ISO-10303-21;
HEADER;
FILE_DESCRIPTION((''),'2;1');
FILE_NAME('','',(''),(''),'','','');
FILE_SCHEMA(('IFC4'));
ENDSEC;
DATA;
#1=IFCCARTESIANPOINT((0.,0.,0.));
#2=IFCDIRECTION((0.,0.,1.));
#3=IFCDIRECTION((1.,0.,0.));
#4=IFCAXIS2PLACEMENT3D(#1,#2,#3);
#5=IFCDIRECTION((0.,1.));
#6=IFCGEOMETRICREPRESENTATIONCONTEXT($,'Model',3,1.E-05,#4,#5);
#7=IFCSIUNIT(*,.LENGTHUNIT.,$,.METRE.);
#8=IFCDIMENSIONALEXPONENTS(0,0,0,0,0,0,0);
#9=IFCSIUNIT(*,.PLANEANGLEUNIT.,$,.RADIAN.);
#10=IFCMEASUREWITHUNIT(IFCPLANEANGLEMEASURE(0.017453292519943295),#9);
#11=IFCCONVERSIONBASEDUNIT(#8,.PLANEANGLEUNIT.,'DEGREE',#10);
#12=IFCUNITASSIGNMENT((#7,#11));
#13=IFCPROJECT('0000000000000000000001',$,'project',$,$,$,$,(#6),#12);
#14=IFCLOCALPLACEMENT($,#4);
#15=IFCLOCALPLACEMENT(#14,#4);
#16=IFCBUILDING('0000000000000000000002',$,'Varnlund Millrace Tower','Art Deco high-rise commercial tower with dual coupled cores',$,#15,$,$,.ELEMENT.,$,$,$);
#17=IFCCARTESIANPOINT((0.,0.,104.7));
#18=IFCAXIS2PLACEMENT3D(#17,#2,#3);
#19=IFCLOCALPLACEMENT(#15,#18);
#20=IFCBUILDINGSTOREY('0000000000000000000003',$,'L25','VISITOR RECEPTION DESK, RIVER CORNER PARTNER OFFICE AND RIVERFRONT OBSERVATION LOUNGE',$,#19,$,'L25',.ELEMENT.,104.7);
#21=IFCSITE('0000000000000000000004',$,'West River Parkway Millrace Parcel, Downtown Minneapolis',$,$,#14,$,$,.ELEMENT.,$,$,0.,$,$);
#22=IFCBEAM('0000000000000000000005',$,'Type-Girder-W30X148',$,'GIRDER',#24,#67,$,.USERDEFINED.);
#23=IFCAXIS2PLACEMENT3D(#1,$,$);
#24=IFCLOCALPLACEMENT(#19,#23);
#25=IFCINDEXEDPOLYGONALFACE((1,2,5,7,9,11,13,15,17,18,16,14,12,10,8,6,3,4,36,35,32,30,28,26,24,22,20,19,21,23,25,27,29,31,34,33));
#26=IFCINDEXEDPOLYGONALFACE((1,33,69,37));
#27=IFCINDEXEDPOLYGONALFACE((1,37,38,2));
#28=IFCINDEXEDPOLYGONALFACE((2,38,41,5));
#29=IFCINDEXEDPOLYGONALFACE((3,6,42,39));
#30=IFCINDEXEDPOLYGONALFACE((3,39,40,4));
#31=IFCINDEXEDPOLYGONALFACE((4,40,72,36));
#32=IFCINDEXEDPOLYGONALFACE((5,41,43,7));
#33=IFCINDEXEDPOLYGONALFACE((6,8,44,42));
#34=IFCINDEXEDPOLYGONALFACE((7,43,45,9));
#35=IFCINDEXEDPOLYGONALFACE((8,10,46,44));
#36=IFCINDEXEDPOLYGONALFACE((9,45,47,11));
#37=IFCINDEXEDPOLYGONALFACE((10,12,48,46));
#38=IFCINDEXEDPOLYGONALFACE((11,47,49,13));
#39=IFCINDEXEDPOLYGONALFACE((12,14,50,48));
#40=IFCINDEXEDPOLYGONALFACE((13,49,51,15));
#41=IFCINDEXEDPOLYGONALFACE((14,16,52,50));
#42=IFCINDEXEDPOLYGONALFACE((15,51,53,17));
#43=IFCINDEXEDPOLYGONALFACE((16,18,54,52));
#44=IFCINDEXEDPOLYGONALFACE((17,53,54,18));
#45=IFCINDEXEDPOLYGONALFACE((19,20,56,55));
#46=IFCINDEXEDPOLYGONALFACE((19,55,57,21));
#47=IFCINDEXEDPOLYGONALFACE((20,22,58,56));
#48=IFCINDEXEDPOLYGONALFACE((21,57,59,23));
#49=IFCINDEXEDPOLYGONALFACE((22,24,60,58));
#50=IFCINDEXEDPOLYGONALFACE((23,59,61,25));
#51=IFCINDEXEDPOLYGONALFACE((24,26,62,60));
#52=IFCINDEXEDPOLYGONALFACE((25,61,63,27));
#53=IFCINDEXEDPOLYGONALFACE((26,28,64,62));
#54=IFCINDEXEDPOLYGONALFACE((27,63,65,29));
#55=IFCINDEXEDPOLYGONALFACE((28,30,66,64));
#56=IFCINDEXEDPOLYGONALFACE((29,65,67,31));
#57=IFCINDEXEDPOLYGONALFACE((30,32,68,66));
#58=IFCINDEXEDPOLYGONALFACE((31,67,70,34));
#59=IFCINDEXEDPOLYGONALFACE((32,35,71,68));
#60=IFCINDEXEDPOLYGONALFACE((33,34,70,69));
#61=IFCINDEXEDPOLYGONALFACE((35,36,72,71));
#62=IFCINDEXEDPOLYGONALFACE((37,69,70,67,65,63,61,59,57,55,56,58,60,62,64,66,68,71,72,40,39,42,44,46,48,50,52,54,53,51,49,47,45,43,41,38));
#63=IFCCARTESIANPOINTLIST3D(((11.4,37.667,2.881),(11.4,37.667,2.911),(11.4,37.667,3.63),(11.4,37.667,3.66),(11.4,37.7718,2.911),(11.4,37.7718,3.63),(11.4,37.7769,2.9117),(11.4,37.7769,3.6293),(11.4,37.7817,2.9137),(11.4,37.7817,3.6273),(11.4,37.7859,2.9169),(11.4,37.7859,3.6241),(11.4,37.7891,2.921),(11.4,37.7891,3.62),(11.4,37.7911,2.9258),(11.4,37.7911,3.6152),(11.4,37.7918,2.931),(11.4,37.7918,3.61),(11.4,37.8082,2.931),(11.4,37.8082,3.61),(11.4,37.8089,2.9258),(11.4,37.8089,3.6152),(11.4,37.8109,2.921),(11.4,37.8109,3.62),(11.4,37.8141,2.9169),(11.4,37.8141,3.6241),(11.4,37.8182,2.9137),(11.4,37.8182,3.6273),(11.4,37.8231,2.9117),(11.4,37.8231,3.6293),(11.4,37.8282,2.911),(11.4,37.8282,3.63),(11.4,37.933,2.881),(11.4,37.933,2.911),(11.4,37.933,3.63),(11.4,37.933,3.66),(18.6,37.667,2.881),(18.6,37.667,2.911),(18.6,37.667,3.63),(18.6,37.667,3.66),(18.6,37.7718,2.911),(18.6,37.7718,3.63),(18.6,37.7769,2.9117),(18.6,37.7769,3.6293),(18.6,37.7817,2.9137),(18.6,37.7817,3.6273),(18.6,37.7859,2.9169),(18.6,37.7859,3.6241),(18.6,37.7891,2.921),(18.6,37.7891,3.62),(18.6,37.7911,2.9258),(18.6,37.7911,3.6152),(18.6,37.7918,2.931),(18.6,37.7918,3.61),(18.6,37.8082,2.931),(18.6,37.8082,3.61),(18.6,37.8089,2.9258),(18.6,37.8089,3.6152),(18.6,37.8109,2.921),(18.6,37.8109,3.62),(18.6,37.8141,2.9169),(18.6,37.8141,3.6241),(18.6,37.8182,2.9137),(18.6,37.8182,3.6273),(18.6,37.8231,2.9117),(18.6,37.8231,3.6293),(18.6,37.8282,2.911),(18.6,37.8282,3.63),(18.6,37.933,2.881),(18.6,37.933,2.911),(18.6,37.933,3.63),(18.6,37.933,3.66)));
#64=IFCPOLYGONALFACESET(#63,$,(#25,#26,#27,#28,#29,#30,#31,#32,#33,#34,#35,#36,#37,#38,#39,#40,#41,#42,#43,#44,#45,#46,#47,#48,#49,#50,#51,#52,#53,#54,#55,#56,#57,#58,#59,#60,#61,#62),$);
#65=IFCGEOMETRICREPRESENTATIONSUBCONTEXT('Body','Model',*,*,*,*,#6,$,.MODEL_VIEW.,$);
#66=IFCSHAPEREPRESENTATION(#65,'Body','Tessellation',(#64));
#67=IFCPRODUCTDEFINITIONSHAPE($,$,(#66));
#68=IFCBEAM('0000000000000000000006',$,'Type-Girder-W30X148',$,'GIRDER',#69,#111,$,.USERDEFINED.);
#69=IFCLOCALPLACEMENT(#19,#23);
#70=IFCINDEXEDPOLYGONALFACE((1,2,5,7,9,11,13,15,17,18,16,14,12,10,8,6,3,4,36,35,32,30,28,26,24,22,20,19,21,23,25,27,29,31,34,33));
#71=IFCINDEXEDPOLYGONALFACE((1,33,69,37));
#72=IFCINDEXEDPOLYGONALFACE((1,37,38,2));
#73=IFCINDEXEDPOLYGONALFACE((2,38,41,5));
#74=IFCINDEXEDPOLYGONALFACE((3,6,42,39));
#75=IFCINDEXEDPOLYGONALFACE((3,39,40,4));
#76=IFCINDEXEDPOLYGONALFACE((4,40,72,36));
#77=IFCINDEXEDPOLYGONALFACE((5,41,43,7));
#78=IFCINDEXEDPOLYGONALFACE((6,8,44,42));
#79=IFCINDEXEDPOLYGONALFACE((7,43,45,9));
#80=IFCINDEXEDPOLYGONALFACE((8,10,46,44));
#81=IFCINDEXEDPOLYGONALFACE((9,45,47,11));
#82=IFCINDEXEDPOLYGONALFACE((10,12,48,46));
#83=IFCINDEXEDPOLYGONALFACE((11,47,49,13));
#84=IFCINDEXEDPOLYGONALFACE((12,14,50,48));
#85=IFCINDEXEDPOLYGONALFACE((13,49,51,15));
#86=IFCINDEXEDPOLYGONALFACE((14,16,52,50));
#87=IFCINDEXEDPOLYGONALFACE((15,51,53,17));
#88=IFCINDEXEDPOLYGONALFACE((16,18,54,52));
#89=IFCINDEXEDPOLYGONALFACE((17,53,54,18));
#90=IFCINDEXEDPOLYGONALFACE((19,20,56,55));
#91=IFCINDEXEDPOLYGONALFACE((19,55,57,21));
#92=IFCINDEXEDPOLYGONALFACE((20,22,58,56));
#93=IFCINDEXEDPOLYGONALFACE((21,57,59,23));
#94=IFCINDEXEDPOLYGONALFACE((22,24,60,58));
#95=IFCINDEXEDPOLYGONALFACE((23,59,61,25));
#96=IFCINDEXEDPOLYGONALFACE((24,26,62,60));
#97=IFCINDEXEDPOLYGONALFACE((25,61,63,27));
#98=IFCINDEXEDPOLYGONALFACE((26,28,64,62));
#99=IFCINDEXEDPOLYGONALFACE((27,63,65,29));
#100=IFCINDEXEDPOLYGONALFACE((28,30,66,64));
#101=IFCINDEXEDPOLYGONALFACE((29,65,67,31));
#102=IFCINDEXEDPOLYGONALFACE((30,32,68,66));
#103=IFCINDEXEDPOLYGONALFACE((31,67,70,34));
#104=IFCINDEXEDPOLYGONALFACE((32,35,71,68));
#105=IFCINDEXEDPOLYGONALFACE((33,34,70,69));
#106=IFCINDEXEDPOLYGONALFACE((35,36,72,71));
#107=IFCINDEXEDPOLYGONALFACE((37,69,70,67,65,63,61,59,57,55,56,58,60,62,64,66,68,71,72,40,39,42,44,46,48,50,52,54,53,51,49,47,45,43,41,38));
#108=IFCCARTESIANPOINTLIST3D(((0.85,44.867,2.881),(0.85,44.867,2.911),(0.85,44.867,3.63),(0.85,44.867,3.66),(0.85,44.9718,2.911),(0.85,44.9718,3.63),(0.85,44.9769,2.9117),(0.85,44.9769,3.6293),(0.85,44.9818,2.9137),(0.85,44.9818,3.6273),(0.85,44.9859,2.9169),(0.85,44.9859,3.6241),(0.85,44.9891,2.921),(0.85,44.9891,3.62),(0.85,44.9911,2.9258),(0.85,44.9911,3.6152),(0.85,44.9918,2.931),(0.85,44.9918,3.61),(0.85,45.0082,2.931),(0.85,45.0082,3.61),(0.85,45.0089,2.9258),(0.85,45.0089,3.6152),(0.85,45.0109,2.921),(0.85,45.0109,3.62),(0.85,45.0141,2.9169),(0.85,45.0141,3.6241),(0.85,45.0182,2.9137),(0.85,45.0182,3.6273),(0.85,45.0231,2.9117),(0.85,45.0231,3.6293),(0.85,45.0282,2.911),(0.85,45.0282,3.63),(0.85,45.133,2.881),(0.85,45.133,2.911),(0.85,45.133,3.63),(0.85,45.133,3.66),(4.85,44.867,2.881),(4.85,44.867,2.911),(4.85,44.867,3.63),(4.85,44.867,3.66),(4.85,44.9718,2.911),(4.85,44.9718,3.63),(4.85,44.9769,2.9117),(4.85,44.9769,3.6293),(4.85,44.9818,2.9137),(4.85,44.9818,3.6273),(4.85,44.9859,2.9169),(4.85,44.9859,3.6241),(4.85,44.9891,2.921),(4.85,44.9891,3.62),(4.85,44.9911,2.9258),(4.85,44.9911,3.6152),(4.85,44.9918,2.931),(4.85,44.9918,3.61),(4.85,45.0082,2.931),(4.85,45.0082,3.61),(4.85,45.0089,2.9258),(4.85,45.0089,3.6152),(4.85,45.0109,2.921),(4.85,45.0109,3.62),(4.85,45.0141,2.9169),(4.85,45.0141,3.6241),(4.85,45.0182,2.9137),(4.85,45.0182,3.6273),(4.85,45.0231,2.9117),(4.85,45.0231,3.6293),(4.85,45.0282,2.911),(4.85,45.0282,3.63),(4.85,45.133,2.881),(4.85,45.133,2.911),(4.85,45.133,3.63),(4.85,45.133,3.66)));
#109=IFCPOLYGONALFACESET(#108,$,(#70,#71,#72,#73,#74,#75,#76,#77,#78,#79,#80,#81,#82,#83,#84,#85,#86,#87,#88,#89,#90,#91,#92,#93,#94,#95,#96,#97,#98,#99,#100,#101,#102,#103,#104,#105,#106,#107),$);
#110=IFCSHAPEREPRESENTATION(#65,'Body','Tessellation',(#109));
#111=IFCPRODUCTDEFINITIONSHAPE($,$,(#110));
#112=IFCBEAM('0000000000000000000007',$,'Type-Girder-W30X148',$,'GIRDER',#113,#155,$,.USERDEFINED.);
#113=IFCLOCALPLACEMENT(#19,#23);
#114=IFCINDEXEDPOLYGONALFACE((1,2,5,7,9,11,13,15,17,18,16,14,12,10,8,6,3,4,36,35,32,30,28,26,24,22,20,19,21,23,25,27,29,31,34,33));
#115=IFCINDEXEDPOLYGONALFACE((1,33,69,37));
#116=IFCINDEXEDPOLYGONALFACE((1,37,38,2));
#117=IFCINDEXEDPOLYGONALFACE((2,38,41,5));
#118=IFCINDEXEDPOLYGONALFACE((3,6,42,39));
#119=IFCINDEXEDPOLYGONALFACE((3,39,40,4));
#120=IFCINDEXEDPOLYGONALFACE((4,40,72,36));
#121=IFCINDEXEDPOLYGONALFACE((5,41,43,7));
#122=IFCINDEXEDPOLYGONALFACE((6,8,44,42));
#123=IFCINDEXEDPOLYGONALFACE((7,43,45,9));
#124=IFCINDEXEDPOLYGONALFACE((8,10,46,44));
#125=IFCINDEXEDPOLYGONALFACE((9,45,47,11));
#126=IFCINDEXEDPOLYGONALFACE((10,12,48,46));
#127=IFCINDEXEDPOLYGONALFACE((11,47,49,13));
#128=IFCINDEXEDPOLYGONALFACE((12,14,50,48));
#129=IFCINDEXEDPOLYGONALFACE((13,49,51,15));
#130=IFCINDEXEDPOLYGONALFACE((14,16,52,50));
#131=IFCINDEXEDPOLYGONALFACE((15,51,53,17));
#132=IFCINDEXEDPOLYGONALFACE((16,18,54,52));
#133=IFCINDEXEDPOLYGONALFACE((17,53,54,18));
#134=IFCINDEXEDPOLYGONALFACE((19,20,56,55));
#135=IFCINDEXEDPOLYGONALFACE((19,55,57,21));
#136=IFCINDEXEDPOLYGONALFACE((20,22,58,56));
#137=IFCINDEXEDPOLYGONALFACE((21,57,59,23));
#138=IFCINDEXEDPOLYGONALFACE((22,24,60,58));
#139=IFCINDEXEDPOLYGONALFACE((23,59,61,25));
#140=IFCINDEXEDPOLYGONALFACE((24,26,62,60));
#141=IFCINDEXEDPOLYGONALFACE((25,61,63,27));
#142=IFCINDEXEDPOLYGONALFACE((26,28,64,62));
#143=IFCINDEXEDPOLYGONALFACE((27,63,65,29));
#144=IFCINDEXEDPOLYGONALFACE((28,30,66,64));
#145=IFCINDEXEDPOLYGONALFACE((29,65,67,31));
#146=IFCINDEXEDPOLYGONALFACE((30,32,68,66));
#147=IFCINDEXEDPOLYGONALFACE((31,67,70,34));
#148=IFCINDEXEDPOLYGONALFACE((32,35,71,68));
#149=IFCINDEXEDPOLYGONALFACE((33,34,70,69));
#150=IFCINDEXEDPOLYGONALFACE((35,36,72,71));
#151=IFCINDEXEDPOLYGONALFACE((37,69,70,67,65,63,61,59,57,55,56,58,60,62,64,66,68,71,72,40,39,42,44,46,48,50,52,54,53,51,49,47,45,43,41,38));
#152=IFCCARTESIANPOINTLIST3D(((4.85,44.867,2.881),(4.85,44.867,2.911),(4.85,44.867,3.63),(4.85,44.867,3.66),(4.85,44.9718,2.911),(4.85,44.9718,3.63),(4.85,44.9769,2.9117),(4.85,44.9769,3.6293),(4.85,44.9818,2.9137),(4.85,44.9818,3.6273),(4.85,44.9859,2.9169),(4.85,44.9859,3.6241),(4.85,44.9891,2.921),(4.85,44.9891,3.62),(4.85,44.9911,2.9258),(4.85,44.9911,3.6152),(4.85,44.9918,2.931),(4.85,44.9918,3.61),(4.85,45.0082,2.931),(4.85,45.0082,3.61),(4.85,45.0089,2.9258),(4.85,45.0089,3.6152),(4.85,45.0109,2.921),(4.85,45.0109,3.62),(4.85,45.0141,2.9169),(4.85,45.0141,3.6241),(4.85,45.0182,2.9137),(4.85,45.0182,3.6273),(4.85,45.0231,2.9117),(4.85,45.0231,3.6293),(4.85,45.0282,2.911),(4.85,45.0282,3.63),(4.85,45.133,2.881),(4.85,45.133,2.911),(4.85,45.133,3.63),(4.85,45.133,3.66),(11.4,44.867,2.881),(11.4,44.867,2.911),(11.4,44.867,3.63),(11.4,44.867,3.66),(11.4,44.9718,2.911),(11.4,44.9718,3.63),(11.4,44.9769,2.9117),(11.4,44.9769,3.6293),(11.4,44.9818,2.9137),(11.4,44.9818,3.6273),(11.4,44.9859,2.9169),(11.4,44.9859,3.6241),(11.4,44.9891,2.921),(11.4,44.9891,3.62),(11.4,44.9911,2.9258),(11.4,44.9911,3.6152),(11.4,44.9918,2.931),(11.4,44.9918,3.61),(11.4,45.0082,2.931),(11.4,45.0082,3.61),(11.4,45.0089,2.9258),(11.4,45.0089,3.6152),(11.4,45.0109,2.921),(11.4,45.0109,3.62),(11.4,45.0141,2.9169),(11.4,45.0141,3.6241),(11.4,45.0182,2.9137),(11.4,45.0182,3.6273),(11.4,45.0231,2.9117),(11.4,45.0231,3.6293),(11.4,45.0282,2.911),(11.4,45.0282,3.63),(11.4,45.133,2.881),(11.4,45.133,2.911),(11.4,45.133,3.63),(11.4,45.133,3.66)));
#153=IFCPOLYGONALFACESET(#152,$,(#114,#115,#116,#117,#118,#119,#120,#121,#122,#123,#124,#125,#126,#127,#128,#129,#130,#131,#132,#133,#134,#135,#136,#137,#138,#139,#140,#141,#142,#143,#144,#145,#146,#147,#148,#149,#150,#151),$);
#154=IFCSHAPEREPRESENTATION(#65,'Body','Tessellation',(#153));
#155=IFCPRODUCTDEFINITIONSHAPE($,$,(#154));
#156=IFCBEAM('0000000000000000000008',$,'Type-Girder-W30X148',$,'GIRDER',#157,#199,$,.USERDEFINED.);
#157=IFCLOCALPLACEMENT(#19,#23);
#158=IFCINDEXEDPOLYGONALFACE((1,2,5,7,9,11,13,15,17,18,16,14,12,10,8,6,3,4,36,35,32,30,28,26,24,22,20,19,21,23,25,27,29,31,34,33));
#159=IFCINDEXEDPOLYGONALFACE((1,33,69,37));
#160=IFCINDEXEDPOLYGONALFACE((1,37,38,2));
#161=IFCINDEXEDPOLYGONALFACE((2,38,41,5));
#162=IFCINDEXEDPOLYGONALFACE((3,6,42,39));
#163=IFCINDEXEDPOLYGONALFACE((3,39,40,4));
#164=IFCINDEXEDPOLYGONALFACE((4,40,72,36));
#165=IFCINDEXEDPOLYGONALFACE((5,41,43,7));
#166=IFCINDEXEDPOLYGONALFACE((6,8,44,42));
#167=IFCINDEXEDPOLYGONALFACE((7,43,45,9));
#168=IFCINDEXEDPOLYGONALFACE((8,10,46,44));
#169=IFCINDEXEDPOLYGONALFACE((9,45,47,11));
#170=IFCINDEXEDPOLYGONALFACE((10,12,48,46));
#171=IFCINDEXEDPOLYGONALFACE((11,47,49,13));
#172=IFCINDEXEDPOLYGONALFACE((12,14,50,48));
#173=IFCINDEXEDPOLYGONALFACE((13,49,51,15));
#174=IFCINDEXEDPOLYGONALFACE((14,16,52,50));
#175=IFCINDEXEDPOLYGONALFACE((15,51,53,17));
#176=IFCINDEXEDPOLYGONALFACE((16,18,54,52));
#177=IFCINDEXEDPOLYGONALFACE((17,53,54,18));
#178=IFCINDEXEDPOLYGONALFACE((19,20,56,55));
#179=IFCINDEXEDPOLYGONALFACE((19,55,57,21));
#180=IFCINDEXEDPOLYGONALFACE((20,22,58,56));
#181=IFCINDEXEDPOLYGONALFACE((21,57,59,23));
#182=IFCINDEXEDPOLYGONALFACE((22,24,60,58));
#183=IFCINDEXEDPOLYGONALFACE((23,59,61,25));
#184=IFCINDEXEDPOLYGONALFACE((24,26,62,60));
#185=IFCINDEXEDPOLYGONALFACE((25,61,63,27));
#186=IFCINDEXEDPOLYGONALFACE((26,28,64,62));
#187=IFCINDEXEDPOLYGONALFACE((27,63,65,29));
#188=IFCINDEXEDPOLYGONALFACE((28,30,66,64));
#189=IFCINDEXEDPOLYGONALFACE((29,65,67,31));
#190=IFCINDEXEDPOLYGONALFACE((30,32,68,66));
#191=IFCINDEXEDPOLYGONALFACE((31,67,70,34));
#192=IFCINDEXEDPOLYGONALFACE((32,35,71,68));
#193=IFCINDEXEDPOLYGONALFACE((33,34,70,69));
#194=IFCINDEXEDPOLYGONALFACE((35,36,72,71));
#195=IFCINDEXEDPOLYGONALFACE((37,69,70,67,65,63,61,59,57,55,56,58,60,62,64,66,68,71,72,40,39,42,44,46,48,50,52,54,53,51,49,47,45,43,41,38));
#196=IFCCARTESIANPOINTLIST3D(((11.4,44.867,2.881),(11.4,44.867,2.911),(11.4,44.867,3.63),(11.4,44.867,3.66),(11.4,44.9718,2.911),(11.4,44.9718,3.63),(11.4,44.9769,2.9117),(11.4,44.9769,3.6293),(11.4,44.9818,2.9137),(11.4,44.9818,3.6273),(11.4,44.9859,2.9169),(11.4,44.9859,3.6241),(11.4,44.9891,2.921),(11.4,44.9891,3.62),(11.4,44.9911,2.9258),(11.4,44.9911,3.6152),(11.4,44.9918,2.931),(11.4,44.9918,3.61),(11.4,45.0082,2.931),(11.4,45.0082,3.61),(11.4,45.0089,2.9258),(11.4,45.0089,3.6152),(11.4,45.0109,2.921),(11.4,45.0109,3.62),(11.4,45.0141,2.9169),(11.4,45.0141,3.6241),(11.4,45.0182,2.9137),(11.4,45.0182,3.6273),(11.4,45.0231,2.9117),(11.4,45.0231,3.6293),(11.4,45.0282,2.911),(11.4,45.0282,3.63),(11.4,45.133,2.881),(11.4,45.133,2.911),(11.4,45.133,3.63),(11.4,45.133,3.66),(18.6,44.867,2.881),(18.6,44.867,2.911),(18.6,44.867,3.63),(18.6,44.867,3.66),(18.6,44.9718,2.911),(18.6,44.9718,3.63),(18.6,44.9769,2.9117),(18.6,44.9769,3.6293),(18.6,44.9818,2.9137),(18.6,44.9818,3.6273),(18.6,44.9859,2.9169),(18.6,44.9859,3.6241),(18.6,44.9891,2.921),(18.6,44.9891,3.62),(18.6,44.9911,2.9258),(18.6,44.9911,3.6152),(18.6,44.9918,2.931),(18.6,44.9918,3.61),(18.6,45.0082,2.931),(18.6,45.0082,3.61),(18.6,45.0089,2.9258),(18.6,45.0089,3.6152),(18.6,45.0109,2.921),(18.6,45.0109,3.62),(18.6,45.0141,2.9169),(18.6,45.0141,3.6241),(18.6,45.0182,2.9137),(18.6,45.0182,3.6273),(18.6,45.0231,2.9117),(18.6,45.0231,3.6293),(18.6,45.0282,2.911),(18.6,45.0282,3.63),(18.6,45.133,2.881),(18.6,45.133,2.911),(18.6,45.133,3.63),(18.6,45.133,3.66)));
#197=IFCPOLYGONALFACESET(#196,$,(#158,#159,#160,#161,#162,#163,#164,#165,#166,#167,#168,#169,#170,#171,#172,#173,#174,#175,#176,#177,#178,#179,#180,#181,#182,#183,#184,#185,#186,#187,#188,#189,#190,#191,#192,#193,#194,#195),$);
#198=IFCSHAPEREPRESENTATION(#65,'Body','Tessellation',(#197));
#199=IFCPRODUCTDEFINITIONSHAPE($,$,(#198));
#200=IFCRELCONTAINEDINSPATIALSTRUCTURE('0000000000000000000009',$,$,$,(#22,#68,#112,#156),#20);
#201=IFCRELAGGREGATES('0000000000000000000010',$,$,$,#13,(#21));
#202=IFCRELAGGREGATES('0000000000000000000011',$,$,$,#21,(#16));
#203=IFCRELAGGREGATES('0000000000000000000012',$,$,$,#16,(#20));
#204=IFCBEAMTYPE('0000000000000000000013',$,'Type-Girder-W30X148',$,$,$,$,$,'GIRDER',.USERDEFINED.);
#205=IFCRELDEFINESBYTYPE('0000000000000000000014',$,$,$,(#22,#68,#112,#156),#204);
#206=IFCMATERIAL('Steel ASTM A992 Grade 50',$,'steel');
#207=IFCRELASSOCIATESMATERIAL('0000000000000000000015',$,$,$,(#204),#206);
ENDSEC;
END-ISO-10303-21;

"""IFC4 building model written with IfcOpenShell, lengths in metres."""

from ifc_helpers import new_model, entity, si_unit, converted_unit, direction, frame, origin_with_axes, origin_2d_with_axis, place, context, subcontext, project, spatial, i_section, extrude, material, material_profile, profile_set, type_object, element, save


model = new_model("IFC4")

# Units and contexts
model_context = context("Model", 3, precision=1e-05, world=origin_with_axes(), true_north=direction((0.0, 1.0)))
body_context = subcontext(model_context, "Body", "Model", "MODEL_VIEW")
ifc_project = project(units=[si_unit("LENGTHUNIT", "METRE"), converted_unit("PLANEANGLEUNIT", "DEGREE", entity("IfcPlaneAngleMeasure", 0.017453292519943295), si_unit("PLANEANGLEUNIT", "RADIAN"), dimensions=[0, 0, 0, 0, 0, 0, 0])], contexts=[model_context])

# Site, building, storey
site_placement = place(None, origin_with_axes())
site = spatial("IfcSite", under=ifc_project, at=site_placement, Name="West River Parkway Millrace Parcel, Downtown Minneapolis", CompositionType="ELEMENT", RefElevation=0.0)
building_placement = place(site_placement, origin_with_axes())
building = spatial("IfcBuilding", under=site, at=building_placement, Name="Varnlund Millrace Tower", Description="Art Deco high-rise commercial tower with dual coupled cores", CompositionType="ELEMENT")
storey_placement = place(building_placement, frame((0.0, 0.0, 104.7), z_axis=(0.0, 0.0, 1.0), x_axis=(1.0, 0.0, 0.0)))
storey = spatial("IfcBuildingStorey", under=building, at=storey_placement, Name="L25", Description="VISITOR RECEPTION DESK, RIVER CORNER PARTNER OFFICE AND RIVERFRONT OBSERVATION LOUNGE", LongName="L25", CompositionType="ELEMENT", Elevation=104.7)

# Beams
ifc_material_1 = material(Name="Steel ASTM A992 Grade 50", Category="steel")
ifc_material_profile_1 = material_profile(ifc_material_1, i_section(OverallWidth=0.266, OverallDepth=0.779, WebThickness=0.0165, FlangeThickness=0.03, FilletRadius=0.02, at=origin_2d_with_axis()), Name="Steel ASTM A992 Grade 50")
ifc_profile_set_1 = profile_set([ifc_material_profile_1], Name="Steel ASTM A992 Grade 50")
beam_type_1 = type_object("IfcBeamType", Name="Type-Girder-W30X148", ElementType="GIRDER", PredefinedType="USERDEFINED", material=ifc_profile_set_1)
beam_1_placement = place(storey_placement, frame((11.4, 37.8, 3.2705), z_axis=(1.0, 0.0, 0.0), x_axis=(0.0, 1.0, 0.0)))
element("IfcBeam", 1, at=beam_1_placement, inside=storey, type_object=beam_type_1, Name="Type-Girder-W30X148", ObjectType="GIRDER", PredefinedType="USERDEFINED", context=body_context, shape_type="SweptSolid", body=[
    extrude(i_section(OverallWidth=0.266, OverallDepth=0.779, WebThickness=0.0165, FlangeThickness=0.03, FilletRadius=0.02, at=origin_2d_with_axis()), origin_with_axes(), (0.0, 0.0, 1.0), 7.2),
])
beam_2_placement = place(storey_placement, frame((0.85, 45.0, 3.2705), z_axis=(1.0, 0.0, 0.0), x_axis=(0.0, 1.0, 0.0)))
element("IfcBeam", 2, at=beam_2_placement, inside=storey, type_object=beam_type_1, Name="Type-Girder-W30X148", ObjectType="GIRDER", PredefinedType="USERDEFINED", context=body_context, shape_type="SweptSolid", body=[
    extrude(i_section(OverallWidth=0.266, OverallDepth=0.779, WebThickness=0.0165, FlangeThickness=0.03, FilletRadius=0.02, at=origin_2d_with_axis()), origin_with_axes(), (0.0, 0.0, 1.0), 4.0),
])
beam_3_placement = place(storey_placement, frame((4.85, 45.0, 3.2705), z_axis=(1.0, 0.0, 0.0), x_axis=(0.0, 1.0, 0.0)))
element("IfcBeam", 3, at=beam_3_placement, inside=storey, type_object=beam_type_1, Name="Type-Girder-W30X148", ObjectType="GIRDER", PredefinedType="USERDEFINED", context=body_context, shape_type="SweptSolid", body=[
    extrude(i_section(OverallWidth=0.266, OverallDepth=0.779, WebThickness=0.0165, FlangeThickness=0.03, FilletRadius=0.02, at=origin_2d_with_axis()), origin_with_axes(), (0.0, 0.0, 1.0), 6.55),
])
beam_4_placement = place(storey_placement, frame((11.4, 45.0, 3.2705), z_axis=(1.0, 0.0, 0.0), x_axis=(0.0, 1.0, 0.0)))
element("IfcBeam", 4, at=beam_4_placement, inside=storey, type_object=beam_type_1, Name="Type-Girder-W30X148", ObjectType="GIRDER", PredefinedType="USERDEFINED", context=body_context, shape_type="SweptSolid", body=[
    extrude(i_section(OverallWidth=0.266, OverallDepth=0.779, WebThickness=0.0165, FlangeThickness=0.03, FilletRadius=0.02, at=origin_2d_with_axis()), origin_with_axes(), (0.0, 0.0, 1.0), 7.2),
])

save(model, "model.ifc")
